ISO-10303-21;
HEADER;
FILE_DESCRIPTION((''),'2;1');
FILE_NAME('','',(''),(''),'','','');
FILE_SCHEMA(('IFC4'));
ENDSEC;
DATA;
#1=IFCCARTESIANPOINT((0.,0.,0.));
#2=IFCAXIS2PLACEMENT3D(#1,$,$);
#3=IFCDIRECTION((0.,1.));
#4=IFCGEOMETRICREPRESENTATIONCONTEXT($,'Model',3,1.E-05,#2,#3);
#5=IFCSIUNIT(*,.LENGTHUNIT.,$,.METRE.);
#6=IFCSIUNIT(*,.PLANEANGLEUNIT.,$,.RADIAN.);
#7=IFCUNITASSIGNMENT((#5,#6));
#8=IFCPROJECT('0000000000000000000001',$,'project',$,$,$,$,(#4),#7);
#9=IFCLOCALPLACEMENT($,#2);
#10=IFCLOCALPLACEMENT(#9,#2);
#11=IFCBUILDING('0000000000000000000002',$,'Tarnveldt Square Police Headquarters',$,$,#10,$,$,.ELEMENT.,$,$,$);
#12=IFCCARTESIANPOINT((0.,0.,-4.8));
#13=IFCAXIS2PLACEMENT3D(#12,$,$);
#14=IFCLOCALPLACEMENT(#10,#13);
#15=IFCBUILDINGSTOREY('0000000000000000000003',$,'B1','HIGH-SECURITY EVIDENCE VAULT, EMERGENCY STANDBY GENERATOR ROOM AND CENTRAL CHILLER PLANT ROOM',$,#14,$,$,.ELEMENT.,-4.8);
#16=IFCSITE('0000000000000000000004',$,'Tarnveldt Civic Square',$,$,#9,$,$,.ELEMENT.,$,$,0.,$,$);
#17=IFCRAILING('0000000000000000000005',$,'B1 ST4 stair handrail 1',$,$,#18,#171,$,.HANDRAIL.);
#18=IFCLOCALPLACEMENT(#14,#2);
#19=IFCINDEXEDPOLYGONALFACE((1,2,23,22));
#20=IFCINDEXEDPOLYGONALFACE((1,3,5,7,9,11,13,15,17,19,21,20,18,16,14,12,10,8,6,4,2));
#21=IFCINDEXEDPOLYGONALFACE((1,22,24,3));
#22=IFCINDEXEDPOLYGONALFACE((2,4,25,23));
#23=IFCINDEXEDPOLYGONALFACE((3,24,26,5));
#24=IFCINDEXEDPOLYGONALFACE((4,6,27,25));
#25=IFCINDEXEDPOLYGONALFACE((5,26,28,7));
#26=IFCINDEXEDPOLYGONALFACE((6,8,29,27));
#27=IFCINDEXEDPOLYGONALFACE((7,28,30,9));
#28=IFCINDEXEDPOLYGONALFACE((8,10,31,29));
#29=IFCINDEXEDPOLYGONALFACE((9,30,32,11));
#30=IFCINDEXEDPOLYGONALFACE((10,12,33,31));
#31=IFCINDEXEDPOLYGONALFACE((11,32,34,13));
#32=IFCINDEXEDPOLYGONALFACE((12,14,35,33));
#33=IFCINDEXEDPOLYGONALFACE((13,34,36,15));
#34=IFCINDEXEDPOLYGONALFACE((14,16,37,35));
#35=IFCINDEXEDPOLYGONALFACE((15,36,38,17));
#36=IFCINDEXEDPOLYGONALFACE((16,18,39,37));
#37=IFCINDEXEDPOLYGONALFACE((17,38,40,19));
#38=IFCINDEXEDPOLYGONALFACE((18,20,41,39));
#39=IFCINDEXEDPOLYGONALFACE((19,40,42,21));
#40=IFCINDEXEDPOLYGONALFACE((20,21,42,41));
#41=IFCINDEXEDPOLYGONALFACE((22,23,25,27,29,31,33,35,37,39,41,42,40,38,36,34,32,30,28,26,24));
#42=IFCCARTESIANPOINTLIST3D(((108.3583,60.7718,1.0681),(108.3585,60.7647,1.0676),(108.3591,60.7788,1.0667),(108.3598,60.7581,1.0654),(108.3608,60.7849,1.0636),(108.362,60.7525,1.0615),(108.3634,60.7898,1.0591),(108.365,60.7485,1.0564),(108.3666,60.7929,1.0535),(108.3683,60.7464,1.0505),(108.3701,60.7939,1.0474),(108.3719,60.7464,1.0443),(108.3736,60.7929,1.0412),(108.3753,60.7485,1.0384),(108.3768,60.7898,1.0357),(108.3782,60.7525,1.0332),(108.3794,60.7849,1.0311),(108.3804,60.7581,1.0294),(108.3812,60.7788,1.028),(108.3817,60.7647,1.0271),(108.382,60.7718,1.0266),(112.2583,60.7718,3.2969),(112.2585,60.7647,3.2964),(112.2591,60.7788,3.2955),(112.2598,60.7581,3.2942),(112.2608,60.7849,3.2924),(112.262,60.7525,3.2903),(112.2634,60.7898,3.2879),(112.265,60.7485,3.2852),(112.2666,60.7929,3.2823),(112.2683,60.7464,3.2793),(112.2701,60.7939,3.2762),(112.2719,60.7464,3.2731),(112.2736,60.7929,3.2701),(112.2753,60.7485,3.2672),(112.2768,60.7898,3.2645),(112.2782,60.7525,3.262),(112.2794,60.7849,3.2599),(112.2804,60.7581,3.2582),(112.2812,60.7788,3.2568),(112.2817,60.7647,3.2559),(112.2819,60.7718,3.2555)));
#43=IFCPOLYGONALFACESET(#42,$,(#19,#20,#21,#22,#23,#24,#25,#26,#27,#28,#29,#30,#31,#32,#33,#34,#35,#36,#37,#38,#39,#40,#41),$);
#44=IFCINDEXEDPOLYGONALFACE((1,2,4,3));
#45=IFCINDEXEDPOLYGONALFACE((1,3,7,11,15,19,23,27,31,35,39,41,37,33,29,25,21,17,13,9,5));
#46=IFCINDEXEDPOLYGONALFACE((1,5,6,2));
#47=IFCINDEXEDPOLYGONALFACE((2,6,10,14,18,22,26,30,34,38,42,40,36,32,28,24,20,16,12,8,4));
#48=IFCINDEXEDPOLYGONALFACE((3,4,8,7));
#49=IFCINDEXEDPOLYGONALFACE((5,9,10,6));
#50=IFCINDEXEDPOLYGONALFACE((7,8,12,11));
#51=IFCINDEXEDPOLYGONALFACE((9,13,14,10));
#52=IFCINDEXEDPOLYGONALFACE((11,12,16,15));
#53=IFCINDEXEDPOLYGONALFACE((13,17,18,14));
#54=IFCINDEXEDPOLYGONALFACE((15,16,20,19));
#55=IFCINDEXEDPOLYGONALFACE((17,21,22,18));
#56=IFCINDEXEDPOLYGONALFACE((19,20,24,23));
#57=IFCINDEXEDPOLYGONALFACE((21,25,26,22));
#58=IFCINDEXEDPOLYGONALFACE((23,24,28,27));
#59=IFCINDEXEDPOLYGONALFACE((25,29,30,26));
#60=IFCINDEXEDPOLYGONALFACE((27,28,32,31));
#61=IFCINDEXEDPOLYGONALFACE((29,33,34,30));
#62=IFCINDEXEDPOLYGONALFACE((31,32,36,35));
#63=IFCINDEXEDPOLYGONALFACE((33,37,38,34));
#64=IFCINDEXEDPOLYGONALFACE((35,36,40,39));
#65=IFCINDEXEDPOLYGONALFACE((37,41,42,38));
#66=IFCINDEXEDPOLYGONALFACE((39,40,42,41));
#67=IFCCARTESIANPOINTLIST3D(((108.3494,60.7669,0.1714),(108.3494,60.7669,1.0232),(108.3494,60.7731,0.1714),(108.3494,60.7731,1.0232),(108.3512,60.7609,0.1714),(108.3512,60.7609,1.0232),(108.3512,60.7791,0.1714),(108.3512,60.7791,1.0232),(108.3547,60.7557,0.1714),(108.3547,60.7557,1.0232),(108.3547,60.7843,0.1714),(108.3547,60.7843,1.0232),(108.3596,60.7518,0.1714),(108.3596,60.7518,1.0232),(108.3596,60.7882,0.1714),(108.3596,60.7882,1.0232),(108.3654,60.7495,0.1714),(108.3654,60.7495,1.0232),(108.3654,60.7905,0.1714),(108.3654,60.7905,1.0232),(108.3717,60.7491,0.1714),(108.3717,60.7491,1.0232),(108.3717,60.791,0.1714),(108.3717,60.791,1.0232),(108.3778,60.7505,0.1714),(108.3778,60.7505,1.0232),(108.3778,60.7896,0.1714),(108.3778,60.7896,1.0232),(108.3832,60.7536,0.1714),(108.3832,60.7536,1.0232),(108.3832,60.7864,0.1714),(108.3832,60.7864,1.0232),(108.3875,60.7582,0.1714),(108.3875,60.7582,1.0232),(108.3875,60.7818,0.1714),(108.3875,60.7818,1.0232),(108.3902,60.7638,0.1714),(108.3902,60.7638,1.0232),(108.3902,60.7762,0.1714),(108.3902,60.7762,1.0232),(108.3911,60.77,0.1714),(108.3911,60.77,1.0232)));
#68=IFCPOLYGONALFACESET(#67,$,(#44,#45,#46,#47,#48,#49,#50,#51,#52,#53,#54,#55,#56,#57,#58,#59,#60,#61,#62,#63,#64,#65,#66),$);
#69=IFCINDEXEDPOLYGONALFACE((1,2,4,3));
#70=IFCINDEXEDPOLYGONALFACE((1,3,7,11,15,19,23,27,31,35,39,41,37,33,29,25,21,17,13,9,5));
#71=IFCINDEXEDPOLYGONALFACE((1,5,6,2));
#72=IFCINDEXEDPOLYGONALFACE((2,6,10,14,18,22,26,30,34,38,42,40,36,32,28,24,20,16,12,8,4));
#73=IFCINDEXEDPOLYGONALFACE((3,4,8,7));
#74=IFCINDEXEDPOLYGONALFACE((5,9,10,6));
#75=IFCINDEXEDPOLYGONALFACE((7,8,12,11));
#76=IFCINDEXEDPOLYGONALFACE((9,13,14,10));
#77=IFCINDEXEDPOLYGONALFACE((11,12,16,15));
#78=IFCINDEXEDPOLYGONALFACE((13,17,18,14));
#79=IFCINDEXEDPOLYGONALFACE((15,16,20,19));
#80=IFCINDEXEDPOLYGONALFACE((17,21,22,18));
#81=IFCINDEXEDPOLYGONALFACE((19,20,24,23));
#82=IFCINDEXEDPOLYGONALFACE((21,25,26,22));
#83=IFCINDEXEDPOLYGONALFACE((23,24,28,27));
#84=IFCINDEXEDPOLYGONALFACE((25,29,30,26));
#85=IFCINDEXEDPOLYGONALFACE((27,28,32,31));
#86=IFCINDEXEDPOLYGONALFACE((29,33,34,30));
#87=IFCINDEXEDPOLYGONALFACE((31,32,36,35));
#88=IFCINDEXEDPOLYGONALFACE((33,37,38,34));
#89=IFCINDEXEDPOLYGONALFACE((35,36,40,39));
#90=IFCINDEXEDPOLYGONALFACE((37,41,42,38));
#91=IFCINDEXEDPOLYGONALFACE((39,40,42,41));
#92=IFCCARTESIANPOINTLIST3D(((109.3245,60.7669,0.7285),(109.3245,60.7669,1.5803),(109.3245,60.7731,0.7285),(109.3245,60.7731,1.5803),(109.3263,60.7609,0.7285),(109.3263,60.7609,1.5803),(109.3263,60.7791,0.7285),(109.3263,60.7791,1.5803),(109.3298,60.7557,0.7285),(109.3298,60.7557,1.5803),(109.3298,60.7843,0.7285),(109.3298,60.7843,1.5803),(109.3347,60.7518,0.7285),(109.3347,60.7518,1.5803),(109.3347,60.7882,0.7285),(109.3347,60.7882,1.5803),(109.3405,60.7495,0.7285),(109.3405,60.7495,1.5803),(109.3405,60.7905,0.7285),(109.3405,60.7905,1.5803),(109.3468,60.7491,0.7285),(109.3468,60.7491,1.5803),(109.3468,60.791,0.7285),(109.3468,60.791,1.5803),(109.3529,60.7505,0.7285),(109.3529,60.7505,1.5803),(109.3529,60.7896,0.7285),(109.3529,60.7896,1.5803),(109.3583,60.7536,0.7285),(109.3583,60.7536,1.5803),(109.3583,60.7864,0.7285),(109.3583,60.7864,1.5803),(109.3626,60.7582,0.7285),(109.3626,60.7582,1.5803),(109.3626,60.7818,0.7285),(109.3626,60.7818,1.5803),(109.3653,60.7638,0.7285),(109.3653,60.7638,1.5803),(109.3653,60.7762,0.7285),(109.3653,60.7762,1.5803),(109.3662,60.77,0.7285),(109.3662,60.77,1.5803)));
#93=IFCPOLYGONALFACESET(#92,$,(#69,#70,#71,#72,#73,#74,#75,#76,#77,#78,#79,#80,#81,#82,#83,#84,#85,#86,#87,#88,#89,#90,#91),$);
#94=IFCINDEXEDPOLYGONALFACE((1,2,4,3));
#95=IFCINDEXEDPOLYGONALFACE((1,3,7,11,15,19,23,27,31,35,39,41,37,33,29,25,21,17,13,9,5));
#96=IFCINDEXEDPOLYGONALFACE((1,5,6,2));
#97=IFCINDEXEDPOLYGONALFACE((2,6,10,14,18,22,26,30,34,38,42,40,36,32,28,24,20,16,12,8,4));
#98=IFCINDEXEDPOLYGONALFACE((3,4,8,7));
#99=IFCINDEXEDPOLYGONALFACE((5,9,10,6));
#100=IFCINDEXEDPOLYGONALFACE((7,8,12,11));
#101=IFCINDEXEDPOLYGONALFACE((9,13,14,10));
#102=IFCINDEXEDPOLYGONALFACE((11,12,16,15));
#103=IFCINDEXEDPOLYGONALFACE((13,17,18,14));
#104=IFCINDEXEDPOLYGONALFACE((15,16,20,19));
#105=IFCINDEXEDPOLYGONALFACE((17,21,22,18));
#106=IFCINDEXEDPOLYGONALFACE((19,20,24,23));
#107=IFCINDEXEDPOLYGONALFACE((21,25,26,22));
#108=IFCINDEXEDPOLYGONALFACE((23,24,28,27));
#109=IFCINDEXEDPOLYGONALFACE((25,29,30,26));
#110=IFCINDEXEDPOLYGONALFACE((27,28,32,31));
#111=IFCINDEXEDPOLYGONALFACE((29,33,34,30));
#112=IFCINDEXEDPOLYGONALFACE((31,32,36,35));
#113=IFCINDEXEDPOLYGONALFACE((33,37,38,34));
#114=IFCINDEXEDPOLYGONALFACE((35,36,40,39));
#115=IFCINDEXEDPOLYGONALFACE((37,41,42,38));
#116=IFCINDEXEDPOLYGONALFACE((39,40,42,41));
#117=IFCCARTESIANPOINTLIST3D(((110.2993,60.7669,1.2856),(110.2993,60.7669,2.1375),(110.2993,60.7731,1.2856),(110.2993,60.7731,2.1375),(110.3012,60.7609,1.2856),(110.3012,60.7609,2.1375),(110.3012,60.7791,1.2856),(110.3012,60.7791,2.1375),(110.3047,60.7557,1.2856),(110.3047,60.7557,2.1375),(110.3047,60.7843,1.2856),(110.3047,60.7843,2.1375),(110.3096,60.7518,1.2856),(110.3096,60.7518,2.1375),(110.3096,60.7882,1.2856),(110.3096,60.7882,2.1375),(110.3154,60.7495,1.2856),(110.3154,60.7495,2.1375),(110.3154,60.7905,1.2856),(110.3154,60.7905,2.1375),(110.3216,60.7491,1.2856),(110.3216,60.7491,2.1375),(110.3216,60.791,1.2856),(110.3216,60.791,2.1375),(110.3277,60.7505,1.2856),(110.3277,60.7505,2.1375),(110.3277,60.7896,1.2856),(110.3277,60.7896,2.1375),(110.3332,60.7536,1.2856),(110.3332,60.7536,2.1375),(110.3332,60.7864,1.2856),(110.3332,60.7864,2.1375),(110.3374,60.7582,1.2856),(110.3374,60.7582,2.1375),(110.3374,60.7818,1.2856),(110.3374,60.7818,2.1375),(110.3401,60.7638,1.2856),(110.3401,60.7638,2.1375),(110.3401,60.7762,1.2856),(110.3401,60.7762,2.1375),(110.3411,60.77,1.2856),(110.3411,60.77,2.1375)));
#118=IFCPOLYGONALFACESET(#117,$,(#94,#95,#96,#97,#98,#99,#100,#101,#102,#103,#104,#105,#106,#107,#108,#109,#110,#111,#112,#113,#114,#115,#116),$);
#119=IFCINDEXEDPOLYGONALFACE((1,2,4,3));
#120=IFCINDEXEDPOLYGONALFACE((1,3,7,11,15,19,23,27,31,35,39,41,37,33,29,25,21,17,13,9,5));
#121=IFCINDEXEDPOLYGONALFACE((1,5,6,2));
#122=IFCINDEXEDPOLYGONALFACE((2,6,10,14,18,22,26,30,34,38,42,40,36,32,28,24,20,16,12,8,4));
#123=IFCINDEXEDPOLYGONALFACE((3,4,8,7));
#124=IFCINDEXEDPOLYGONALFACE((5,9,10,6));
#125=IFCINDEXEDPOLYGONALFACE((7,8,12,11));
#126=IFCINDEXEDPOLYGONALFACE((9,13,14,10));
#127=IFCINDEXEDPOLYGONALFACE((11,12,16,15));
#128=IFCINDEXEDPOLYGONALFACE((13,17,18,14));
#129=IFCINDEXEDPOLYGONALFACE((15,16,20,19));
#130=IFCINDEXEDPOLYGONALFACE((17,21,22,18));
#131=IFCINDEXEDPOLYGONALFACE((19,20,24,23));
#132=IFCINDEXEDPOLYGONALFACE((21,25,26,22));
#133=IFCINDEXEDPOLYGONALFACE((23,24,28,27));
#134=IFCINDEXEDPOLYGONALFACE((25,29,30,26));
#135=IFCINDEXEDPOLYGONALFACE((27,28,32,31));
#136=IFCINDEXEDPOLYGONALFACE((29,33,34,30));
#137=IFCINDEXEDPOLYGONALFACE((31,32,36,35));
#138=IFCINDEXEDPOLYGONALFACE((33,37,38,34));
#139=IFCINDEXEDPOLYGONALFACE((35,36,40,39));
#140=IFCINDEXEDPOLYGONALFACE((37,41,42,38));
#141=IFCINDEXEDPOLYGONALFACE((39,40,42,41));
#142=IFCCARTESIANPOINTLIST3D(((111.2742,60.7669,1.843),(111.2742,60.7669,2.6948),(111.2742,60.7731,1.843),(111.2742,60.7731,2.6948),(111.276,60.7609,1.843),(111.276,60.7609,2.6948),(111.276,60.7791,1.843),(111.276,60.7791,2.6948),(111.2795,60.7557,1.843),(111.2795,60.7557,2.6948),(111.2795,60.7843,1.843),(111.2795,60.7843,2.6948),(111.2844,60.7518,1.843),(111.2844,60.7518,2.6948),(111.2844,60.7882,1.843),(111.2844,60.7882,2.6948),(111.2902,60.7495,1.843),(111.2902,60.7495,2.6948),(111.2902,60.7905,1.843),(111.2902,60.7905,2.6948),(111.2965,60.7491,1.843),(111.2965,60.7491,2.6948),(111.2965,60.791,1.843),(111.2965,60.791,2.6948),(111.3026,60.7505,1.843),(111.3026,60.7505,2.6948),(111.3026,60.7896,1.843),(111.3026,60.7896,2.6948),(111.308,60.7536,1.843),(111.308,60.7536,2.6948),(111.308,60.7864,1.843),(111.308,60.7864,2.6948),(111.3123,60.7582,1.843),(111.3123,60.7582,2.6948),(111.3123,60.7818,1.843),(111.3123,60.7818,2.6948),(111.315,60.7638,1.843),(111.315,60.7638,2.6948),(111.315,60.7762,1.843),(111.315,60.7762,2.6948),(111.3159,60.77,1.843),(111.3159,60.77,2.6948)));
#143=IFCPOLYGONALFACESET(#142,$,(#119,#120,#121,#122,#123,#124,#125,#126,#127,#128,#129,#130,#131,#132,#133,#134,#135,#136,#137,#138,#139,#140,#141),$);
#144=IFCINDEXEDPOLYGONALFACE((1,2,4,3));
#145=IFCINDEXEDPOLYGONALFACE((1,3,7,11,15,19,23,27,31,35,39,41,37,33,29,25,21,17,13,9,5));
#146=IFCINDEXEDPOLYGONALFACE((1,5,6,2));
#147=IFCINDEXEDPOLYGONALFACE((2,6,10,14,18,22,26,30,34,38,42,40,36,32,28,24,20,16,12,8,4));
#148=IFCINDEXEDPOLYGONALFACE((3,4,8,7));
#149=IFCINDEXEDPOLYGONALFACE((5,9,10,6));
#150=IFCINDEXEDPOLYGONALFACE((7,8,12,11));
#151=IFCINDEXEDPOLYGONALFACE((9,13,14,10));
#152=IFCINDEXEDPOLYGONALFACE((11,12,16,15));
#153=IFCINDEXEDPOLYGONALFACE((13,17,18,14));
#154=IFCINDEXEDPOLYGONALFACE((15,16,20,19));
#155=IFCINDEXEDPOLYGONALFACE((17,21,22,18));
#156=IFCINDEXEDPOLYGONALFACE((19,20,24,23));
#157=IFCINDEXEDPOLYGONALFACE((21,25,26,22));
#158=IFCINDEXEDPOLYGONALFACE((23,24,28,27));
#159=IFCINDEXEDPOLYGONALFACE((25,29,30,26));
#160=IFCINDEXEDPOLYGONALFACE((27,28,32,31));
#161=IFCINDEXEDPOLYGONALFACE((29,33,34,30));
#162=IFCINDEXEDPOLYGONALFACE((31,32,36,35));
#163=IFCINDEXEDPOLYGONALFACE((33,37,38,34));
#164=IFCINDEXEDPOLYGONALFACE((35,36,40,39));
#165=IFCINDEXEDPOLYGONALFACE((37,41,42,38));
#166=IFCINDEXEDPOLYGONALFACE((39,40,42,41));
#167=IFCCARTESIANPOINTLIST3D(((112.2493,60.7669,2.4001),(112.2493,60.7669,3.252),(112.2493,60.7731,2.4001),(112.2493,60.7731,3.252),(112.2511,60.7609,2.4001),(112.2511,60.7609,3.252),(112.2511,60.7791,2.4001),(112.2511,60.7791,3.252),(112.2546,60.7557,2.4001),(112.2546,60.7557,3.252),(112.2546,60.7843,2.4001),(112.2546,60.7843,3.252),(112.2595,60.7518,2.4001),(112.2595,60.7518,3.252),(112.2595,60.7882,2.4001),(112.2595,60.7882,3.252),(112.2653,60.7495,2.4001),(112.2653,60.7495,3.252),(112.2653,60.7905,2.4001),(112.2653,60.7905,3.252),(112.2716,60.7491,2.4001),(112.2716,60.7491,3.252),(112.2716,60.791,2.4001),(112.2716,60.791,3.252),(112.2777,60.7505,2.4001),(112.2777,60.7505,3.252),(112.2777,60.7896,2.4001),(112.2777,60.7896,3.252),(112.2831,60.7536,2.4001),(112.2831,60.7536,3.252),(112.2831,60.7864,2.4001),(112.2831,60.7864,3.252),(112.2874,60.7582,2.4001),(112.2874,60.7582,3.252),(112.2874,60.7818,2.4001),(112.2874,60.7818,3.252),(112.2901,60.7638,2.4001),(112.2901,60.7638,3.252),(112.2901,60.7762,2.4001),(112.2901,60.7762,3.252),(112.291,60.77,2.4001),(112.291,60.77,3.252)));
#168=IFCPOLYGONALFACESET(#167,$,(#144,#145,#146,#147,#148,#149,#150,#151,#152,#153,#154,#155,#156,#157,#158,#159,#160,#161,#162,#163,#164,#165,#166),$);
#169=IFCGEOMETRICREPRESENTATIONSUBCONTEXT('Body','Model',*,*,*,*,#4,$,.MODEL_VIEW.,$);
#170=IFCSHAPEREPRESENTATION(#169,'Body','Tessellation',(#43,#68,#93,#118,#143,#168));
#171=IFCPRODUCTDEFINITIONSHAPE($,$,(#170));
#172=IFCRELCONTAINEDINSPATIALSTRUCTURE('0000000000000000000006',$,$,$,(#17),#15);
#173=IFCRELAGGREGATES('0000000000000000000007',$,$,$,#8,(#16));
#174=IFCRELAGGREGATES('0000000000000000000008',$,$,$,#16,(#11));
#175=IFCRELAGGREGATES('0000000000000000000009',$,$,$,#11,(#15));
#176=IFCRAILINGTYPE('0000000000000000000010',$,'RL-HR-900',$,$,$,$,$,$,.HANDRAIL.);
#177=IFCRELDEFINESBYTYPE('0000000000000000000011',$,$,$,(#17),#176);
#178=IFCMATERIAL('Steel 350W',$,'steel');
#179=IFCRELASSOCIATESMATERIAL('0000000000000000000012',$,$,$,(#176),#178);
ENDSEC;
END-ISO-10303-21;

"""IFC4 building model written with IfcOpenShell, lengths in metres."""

from ifc_helpers import new_model, si_unit, direction, frame, origin, origin_2d, place, context, subcontext, project, spatial, circle, extrude, material, type_object, element, save


model = new_model("IFC4")

# Units and contexts
model_context = context("Model", 3, precision=1e-05, world=origin(), true_north=direction((0.0, 1.0)))
body_context = subcontext(model_context, "Body", "Model", "MODEL_VIEW")
ifc_project = project(units=[si_unit("LENGTHUNIT", "METRE"), si_unit("PLANEANGLEUNIT", "RADIAN")], contexts=[model_context])

# Site, building, storey
site_placement = place(None, origin())
site = spatial("IfcSite", under=ifc_project, at=site_placement, Name="Tarnveldt Civic Square", CompositionType="ELEMENT", RefElevation=0.0)
building_placement = place(site_placement, origin())
building = spatial("IfcBuilding", under=site, at=building_placement, Name="Tarnveldt Square Police Headquarters", CompositionType="ELEMENT")
storey_placement = place(building_placement, frame((0.0, 0.0, -4.8)))
storey = spatial("IfcBuildingStorey", under=building, at=storey_placement, Name="B1", Description="HIGH-SECURITY EVIDENCE VAULT, EMERGENCY STANDBY GENERATOR ROOM AND CENTRAL CHILLER PLANT ROOM", CompositionType="ELEMENT", Elevation=-4.8)

# Shared definitions
ifc_material_1 = material(Name="Steel 350W", Category="steel")

# Railing
railing_type = type_object("IfcRailingType", Name="RL-HR-900", PredefinedType="HANDRAIL", material=ifc_material_1)
railing_placement = place(storey_placement, frame((108.3701, 60.77, 0.1714)))
element("IfcRailing", 1, at=railing_placement, inside=storey, type_object=railing_type, Name="B1 ST4 stair handrail 1", PredefinedType="HANDRAIL", context=body_context, shape_type="SweptSolid", body=[
    extrude(circle(Radius=0.0239, at=origin_2d()), frame((0.0, 0.0, 0.876), z_axis=(0.86822, 0.0, 0.49618), x_axis=(0.0, 1.0, 0.0)), (0.0, 0.0, 1.0), 4.4919),
    extrude(circle(Radius=0.021, at=origin_2d()), origin(), (0.0, 0.0, 1.0), 0.8518),
    extrude(circle(Radius=0.021, at=origin_2d()), frame((0.9751, 0.0, 0.5571)), (0.0, 0.0, 1.0), 0.8518),
    extrude(circle(Radius=0.021, at=origin_2d()), frame((1.95, 0.0, 1.1143)), (0.0, 0.0, 1.0), 0.8518),
    extrude(circle(Radius=0.021, at=origin_2d()), frame((2.9248, 0.0, 1.6716)), (0.0, 0.0, 1.0), 0.8518),
    extrude(circle(Radius=0.021, at=origin_2d()), frame((3.8999, 0.0, 2.2288)), (0.0, 0.0, 1.0), 0.8518),
])

save(model, "model.ifc")
